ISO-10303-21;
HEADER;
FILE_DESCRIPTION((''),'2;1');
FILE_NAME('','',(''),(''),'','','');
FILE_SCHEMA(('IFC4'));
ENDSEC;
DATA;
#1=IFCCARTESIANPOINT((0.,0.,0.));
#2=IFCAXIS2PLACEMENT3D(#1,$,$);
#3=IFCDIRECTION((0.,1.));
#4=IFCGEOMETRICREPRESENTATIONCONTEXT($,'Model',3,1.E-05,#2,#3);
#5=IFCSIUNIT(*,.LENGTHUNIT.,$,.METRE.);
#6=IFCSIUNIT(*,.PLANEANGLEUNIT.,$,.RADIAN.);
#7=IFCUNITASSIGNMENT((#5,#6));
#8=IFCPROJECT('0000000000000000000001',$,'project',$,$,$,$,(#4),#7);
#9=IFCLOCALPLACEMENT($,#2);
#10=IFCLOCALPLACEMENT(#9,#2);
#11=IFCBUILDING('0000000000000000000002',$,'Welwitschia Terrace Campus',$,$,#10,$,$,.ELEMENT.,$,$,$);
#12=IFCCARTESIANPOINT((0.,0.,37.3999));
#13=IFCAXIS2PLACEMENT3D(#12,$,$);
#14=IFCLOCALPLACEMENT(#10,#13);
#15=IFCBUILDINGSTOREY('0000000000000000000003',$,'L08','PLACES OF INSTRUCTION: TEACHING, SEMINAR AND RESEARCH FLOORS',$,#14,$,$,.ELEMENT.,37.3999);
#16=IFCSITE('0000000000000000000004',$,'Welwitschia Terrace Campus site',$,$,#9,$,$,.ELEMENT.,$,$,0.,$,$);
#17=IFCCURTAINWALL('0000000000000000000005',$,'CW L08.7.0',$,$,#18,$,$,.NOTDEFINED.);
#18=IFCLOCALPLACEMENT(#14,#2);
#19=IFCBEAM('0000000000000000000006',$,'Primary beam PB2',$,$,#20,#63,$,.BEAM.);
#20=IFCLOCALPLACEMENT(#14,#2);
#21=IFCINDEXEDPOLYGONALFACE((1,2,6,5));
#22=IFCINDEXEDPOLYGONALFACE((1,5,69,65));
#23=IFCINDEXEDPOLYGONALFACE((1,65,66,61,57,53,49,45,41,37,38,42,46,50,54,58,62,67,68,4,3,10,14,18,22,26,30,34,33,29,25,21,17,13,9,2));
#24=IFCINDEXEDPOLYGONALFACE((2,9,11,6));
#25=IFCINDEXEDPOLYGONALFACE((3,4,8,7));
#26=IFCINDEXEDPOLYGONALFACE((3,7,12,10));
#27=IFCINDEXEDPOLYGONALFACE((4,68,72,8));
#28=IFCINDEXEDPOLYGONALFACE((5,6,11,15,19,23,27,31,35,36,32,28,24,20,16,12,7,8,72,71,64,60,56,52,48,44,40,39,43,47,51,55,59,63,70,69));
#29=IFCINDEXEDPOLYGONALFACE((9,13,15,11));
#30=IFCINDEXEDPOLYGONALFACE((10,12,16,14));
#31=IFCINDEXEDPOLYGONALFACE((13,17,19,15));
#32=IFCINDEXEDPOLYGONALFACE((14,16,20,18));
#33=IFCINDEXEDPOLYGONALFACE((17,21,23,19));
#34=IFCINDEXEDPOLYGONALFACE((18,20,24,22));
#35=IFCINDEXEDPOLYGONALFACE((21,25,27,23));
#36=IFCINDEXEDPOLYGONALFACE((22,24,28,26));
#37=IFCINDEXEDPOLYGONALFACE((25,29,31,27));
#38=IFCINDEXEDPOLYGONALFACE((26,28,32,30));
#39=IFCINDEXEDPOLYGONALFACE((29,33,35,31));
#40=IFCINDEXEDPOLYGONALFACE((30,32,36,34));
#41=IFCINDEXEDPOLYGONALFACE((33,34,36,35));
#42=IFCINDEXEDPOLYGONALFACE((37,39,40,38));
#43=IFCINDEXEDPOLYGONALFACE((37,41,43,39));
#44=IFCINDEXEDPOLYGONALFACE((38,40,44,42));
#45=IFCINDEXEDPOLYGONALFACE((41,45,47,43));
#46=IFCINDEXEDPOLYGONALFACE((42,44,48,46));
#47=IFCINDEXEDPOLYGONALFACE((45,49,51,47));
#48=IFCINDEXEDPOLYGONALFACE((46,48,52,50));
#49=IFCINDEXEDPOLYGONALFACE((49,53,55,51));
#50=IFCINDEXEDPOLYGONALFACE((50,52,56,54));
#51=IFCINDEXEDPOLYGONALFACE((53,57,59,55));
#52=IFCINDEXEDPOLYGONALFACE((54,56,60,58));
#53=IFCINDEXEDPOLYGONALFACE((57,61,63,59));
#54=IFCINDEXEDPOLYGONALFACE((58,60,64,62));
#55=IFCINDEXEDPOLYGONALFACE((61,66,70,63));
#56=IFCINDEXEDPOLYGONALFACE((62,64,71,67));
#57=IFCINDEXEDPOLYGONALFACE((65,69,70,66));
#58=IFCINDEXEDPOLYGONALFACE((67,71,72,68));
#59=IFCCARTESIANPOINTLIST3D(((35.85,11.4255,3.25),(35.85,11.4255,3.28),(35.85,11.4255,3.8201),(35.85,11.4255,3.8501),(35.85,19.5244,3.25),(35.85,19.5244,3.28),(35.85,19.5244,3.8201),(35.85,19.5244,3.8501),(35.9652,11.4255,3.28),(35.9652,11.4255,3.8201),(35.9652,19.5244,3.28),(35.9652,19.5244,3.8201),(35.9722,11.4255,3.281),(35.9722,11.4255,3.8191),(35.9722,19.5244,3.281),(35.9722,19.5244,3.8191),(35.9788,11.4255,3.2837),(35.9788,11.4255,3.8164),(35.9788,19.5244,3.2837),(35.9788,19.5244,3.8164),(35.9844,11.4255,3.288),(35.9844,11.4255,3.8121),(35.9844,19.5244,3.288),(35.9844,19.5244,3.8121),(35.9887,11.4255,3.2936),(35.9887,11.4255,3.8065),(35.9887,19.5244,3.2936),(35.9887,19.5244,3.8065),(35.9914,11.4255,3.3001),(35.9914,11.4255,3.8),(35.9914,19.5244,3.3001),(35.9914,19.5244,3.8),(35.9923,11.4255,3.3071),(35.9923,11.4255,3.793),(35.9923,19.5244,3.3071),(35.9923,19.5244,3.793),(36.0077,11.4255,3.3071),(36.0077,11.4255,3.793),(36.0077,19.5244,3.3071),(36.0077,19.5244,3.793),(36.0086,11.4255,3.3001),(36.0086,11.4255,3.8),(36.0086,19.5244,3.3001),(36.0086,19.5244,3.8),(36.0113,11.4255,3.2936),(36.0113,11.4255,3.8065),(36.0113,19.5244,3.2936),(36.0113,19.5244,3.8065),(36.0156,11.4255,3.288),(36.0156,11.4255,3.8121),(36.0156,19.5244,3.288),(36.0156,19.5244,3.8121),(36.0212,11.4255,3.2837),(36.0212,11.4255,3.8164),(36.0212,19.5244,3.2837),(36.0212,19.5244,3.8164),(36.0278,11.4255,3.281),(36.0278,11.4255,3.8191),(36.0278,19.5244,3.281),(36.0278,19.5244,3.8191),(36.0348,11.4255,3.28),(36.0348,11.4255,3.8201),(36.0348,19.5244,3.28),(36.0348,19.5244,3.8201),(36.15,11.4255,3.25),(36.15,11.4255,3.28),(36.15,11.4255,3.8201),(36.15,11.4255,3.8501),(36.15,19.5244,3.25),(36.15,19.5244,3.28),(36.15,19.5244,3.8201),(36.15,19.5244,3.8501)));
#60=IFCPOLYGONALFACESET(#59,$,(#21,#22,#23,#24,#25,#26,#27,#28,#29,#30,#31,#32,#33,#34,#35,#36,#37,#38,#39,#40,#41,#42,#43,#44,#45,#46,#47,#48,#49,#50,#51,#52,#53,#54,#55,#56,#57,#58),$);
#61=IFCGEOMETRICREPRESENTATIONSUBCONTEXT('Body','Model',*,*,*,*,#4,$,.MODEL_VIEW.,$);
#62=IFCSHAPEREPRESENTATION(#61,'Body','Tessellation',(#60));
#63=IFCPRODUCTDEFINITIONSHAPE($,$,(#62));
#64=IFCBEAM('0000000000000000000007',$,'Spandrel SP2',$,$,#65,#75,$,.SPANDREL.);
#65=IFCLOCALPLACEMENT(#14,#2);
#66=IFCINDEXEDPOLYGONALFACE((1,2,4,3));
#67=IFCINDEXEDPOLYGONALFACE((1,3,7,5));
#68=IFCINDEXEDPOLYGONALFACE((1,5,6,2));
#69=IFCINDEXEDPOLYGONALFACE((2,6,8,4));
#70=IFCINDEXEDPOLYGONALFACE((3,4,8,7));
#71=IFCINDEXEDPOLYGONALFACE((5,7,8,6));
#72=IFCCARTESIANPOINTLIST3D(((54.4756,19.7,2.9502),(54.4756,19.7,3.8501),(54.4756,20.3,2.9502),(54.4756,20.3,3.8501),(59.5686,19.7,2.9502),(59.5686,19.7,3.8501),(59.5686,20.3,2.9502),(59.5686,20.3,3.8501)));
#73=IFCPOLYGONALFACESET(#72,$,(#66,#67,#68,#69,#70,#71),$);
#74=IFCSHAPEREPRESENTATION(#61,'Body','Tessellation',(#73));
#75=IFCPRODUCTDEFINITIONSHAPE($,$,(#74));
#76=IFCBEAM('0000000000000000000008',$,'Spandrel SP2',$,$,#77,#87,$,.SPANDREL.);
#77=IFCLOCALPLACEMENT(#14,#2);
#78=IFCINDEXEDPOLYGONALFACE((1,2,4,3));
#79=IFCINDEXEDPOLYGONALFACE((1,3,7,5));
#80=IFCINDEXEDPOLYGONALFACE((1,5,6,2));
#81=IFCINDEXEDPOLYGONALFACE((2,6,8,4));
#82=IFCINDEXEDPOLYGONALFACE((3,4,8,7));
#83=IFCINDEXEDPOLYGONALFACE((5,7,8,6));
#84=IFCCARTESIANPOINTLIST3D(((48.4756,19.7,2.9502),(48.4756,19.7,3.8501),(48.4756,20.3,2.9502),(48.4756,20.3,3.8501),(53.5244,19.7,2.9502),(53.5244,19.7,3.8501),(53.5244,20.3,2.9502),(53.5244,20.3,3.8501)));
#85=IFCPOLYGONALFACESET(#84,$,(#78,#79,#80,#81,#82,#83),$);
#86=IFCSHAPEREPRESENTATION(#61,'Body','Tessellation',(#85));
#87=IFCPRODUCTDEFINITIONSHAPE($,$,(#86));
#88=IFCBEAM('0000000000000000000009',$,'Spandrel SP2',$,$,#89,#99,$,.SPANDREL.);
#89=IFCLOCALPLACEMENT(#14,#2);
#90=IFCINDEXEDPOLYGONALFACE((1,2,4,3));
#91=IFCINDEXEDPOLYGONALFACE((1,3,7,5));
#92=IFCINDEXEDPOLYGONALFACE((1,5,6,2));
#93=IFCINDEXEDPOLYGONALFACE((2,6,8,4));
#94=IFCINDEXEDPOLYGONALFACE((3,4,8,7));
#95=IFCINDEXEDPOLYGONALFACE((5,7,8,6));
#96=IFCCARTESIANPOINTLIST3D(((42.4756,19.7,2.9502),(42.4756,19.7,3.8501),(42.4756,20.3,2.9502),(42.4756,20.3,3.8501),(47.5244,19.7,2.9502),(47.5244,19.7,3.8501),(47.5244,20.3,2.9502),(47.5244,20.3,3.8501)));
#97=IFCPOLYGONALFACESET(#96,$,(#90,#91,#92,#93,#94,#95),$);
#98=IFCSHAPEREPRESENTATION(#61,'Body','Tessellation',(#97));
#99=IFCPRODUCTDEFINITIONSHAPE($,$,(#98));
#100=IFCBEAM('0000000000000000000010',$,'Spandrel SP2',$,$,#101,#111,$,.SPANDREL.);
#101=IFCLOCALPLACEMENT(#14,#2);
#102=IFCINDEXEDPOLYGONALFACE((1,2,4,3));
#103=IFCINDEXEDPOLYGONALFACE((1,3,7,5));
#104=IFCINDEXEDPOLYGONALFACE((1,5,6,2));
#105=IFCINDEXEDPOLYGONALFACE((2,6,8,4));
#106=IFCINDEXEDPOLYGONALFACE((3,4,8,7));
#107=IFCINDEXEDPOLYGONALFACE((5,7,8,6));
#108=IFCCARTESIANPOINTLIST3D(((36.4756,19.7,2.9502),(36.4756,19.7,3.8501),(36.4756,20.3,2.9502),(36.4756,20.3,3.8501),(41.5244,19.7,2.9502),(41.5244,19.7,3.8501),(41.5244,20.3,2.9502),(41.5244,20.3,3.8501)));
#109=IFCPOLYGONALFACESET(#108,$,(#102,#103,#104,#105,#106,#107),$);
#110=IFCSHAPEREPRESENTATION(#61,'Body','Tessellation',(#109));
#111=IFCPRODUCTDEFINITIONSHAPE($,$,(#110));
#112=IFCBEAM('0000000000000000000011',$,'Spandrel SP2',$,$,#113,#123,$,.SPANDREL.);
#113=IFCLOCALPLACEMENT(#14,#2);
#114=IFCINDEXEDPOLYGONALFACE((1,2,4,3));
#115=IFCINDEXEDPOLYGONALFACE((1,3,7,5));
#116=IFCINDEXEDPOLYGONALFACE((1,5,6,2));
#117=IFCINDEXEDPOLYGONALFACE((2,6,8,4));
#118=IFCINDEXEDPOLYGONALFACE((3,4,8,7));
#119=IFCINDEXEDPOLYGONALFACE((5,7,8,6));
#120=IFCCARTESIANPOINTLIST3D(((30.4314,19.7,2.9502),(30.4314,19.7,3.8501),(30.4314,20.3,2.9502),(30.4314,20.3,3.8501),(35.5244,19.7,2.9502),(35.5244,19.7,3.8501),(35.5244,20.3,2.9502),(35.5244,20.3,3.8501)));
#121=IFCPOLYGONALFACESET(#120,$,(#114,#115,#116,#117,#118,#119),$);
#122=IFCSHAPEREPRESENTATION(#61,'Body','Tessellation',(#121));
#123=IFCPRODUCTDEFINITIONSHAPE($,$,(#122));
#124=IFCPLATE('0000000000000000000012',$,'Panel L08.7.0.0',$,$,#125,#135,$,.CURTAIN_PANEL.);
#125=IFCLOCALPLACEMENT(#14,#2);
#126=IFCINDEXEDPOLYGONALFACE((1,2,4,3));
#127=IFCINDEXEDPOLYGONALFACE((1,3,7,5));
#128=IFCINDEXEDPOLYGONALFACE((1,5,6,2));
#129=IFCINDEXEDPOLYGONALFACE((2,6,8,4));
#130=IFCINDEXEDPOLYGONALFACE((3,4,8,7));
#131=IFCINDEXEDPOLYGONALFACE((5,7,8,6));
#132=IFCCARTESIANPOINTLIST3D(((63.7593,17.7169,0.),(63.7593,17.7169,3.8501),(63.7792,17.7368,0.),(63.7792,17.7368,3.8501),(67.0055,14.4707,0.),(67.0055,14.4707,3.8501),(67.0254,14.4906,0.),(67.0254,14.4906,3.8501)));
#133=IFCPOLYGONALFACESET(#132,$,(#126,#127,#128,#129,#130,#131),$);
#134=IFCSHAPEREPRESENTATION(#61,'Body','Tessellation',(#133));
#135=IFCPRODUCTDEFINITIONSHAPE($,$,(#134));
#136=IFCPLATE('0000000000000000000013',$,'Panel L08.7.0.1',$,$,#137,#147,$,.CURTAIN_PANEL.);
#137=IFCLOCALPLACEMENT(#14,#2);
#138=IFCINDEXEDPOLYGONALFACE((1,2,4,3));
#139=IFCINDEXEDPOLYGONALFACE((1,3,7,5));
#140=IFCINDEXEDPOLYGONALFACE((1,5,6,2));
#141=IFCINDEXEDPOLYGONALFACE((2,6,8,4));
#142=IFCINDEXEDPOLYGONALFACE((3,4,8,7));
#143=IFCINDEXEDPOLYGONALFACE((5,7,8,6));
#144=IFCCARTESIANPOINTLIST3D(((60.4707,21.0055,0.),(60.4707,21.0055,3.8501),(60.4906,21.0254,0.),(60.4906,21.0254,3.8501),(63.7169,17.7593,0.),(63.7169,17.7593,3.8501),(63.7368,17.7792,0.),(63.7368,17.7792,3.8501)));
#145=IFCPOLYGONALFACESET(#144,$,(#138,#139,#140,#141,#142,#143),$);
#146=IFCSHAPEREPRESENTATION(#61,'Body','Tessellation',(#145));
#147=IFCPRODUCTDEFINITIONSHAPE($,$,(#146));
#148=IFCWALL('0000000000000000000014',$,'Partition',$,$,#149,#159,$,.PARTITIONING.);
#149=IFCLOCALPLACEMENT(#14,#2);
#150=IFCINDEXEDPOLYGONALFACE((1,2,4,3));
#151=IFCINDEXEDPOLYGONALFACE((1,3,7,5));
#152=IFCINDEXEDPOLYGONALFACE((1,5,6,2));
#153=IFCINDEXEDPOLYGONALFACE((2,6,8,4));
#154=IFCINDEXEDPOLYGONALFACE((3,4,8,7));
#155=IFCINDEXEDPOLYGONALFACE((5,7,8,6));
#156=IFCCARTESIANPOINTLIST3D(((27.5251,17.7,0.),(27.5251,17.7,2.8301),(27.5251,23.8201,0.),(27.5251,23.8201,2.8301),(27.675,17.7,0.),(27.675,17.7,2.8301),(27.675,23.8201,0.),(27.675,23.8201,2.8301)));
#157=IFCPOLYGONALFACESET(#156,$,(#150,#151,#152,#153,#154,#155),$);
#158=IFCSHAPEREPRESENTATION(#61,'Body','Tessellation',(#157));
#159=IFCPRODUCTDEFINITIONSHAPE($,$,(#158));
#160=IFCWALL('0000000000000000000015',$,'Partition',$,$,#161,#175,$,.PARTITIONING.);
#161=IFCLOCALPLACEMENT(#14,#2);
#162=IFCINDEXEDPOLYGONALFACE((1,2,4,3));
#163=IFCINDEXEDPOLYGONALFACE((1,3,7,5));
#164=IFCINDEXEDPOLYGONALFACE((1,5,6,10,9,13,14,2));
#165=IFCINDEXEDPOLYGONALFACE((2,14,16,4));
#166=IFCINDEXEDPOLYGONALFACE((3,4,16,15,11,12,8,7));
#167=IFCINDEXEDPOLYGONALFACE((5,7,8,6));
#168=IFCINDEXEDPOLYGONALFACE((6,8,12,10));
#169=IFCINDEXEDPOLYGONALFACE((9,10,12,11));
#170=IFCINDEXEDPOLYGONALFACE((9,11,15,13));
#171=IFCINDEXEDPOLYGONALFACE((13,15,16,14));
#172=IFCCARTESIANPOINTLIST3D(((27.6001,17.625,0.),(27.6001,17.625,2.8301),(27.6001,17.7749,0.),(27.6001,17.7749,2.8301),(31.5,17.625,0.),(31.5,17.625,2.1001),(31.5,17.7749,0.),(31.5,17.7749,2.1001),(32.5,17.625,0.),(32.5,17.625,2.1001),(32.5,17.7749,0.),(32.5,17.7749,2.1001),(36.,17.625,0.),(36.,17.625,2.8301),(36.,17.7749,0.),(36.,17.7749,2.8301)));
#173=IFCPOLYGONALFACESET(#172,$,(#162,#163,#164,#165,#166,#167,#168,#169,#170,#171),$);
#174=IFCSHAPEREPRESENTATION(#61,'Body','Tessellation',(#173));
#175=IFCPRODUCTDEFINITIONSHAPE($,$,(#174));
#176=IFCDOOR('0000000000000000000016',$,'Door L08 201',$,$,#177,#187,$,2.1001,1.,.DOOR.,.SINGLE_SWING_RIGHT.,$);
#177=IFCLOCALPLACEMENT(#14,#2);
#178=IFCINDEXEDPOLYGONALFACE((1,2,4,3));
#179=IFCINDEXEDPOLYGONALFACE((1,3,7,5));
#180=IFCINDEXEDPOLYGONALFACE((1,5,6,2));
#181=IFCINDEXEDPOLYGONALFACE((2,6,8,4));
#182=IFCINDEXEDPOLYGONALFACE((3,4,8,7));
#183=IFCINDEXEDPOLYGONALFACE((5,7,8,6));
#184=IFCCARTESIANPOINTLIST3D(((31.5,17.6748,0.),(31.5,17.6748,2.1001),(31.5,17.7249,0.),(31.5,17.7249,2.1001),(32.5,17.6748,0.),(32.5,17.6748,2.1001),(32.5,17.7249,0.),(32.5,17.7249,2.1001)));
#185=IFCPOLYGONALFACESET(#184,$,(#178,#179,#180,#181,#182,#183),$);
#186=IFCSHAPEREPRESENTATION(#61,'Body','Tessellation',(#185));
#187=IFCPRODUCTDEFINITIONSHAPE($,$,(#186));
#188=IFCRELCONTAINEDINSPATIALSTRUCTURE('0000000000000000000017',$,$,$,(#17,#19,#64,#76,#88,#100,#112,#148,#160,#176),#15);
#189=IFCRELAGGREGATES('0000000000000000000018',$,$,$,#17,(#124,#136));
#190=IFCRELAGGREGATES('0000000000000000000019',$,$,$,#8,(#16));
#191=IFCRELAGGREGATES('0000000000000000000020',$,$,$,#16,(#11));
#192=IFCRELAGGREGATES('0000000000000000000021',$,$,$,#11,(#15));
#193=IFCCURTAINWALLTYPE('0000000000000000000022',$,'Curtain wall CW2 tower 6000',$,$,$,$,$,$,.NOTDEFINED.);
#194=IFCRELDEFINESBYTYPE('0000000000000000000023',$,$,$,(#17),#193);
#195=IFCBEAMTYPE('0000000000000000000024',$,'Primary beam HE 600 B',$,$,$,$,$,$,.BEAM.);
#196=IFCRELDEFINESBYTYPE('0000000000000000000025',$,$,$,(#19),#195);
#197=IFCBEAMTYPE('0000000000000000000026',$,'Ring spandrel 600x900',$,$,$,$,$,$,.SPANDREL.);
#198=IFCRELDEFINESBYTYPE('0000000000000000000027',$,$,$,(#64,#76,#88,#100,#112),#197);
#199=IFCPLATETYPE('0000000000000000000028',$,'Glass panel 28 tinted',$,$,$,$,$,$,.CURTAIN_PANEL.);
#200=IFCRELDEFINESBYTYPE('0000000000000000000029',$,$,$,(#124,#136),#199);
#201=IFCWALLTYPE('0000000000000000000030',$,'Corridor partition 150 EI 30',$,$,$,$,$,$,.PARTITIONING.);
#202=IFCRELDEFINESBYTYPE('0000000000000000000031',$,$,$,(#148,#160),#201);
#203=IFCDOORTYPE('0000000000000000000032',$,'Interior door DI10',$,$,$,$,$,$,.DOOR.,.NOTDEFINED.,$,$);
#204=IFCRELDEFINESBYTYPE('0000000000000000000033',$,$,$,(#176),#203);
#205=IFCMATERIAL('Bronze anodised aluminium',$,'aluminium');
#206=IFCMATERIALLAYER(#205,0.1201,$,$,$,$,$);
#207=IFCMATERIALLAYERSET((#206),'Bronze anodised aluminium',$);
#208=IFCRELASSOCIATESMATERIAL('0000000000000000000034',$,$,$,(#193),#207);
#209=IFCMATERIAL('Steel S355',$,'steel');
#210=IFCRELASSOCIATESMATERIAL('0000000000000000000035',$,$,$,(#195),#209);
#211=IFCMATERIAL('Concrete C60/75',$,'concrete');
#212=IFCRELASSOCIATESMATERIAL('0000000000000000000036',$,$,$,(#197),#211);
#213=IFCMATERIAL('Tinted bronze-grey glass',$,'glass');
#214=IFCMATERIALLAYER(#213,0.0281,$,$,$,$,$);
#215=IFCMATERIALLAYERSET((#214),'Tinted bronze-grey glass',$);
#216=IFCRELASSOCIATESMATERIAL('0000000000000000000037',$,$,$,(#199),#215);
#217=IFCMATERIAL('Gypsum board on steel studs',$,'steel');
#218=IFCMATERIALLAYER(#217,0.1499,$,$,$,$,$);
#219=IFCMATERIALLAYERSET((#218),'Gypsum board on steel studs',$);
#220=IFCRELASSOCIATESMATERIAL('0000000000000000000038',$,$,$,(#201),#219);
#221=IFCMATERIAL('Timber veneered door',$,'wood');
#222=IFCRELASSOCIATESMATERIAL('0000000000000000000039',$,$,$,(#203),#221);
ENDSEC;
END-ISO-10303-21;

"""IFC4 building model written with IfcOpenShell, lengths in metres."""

from ifc_helpers import new_model, si_unit, direction, frame, frame_2d, origin, origin_2d, place, context, subcontext, project, spatial, rectangle, i_section, extrude, material, layer, layer_set, material_profile, profile_set, type_object, element, fill, aggregate, save


model = new_model("IFC4")

# Units and contexts
model_context = context("Model", 3, precision=1e-05, world=origin(), true_north=direction((0.0, 1.0)))
body_context = subcontext(model_context, "Body", "Model", "MODEL_VIEW")
ifc_project = project(units=[si_unit("LENGTHUNIT", "METRE"), si_unit("PLANEANGLEUNIT", "RADIAN")], contexts=[model_context])

# Site, building, storey
site_placement = place(None, origin())
site = spatial("IfcSite", under=ifc_project, at=site_placement, Name="Welwitschia Terrace Campus site", CompositionType="ELEMENT", RefElevation=0.0)
building_placement = place(site_placement, origin())
building = spatial("IfcBuilding", under=site, at=building_placement, Name="Welwitschia Terrace Campus", CompositionType="ELEMENT")
storey_placement = place(building_placement, frame((0.0, 0.0, 37.3999)))
storey = spatial("IfcBuildingStorey", under=building, at=storey_placement, Name="L08", Description="PLACES OF INSTRUCTION: TEACHING, SEMINAR AND RESEARCH FLOORS", CompositionType="ELEMENT", Elevation=37.3999)

# Curtain wall
ifc_material_1 = material(Name="Bronze anodised aluminium", Category="aluminium")
ifc_layer_1 = layer(ifc_material_1, 0.1201)
ifc_layer_set_1 = layer_set([ifc_layer_1], Name="Bronze anodised aluminium")
curtain_wall_type = type_object("IfcCurtainWallType", Name="Curtain wall CW2 tower 6000", PredefinedType="NOTDEFINED", material=ifc_layer_set_1)
curtain_wall_placement = place(storey_placement, origin())
curtain_wall = element("IfcCurtainWall", 1, at=curtain_wall_placement, inside=storey, type_object=curtain_wall_type, Name="CW L08.7.0", PredefinedType="NOTDEFINED")

# Beams
ifc_material_2 = material(Name="Steel S355", Category="steel")
ifc_material_profile_1 = material_profile(ifc_material_2, i_section(OverallWidth=0.3, OverallDepth=0.6001, WebThickness=0.0154, FlangeThickness=0.03, FilletRadius=0.0271, at=origin_2d()))
ifc_profile_set_1 = profile_set([ifc_material_profile_1], Name="Steel S355")
beam_type_1 = type_object("IfcBeamType", Name="Primary beam HE 600 B", PredefinedType="BEAM", material=ifc_profile_set_1)
for number, where, z_axis, x_axis, name in (
    (2, (36.0, 19.5244, 3.55), (0.0, -1.0, 0.0), (1.0, 0.0, 0.0), "Primary beam PB2"),
):
    element("IfcBeam", number, at=place(storey_placement, frame(where, z_axis=z_axis, x_axis=x_axis)), inside=storey, type_object=beam_type_1, Name=name, PredefinedType="BEAM", context=body_context, shape_type="SweptSolid", body=[
        extrude(i_section(OverallWidth=0.3, OverallDepth=0.6001, WebThickness=0.0154, FlangeThickness=0.03, FilletRadius=0.0271, at=origin_2d()), origin(), (0.0, 0.0, 1.0), 8.0989),
    ])
ifc_material_3 = material(Name="Concrete C60/75", Category="concrete")
ifc_material_profile_2 = material_profile(ifc_material_3, rectangle(XDim=0.6001, YDim=0.8999, at=origin_2d()))
ifc_profile_set_2 = profile_set([ifc_material_profile_2], Name="Concrete C60/75")
beam_type_2 = type_object("IfcBeamType", Name="Ring spandrel 600x900", PredefinedType="SPANDREL", material=ifc_profile_set_2)
beam_1_placement = place(storey_placement, frame((59.5686, 20.0, 3.4001), z_axis=(-1.0, 0.0, 0.0), x_axis=(0.0, -1.0, 0.0)))
element("IfcBeam", 3, at=beam_1_placement, inside=storey, type_object=beam_type_2, Name="Spandrel SP2", PredefinedType="SPANDREL", context=body_context, shape_type="SweptSolid", body=[
    extrude(rectangle(XDim=0.6001, YDim=0.8999, at=origin_2d()), origin(), (0.0, 0.0, 1.0), 5.093),
])
for number, where, z_axis, x_axis, name in (
    (4, (53.5244, 20.0, 3.4001), (-1.0, 0.0, 0.0), (0.0, -1.0, 0.0), "Spandrel SP2"),
    (5, (47.5244, 20.0, 3.4001), (-1.0, 0.0, 0.0), (0.0, -1.0, 0.0), "Spandrel SP2"),
    (6, (41.5244, 20.0, 3.4001), (-1.0, 0.0, 0.0), (0.0, -1.0, 0.0), "Spandrel SP2"),
):
    element("IfcBeam", number, at=place(storey_placement, frame(where, z_axis=z_axis, x_axis=x_axis)), inside=storey, type_object=beam_type_2, Name=name, PredefinedType="SPANDREL", context=body_context, shape_type="SweptSolid", body=[
        extrude(rectangle(XDim=0.6001, YDim=0.8999, at=origin_2d()), origin(), (0.0, 0.0, 1.0), 5.0488),
    ])
beam_2_placement = place(storey_placement, frame((35.5244, 20.0, 3.4001), z_axis=(-1.0, 0.0, 0.0), x_axis=(0.0, -1.0, 0.0)))
element("IfcBeam", 7, at=beam_2_placement, inside=storey, type_object=beam_type_2, Name="Spandrel SP2", PredefinedType="SPANDREL", context=body_context, shape_type="SweptSolid", body=[
    extrude(rectangle(XDim=0.6001, YDim=0.8999, at=origin_2d()), origin(), (0.0, 0.0, 1.0), 5.093),
])

# Plates
ifc_material_4 = material(Name="Tinted bronze-grey glass", Category="glass")
ifc_layer_2 = layer(ifc_material_4, 0.0281)
ifc_layer_set_2 = layer_set([ifc_layer_2], Name="Tinted bronze-grey glass")
plate_type = type_object("IfcPlateType", Name="Glass panel 28 tinted", PredefinedType="CURTAIN_PANEL", material=ifc_layer_set_2)
plate_1_placement = place(storey_placement, frame((65.3923, 16.1038, 0.0), z_axis=(0.0, 0.0, 1.0), x_axis=(-0.707107, 0.707107, 0.0)))
plate_1 = element("IfcPlate", 8, at=plate_1_placement, type_object=plate_type, Name="Panel L08.7.0.0", PredefinedType="CURTAIN_PANEL", context=body_context, shape_type="SweptSolid", body=[
    extrude(rectangle(XDim=4.5908, YDim=0.0281, at=origin_2d()), origin(), (0.0, 0.0, 1.0), 3.8501),
])
plate_2_placement = place(storey_placement, frame((62.1038, 19.3923, 0.0), z_axis=(0.0, 0.0, 1.0), x_axis=(-0.707107, 0.707107, 0.0)))
plate_2 = element("IfcPlate", 9, at=plate_2_placement, type_object=plate_type, Name="Panel L08.7.0.1", PredefinedType="CURTAIN_PANEL", context=body_context, shape_type="SweptSolid", body=[
    extrude(rectangle(XDim=4.5908, YDim=0.0281, at=origin_2d()), origin(), (0.0, 0.0, 1.0), 3.8501),
])
aggregate(curtain_wall, [plate_1, plate_2])

# Wall
ifc_material_5 = material(Name="Gypsum board on steel studs", Category="steel")
ifc_layer_3 = layer(ifc_material_5, 0.1499)
ifc_layer_set_3 = layer_set([ifc_layer_3], Name="Gypsum board on steel studs")
wall_type = type_object("IfcWallType", Name="Corridor partition 150 EI 30", PredefinedType="PARTITIONING", material=ifc_layer_set_3)
wall_1_placement = place(storey_placement, frame((27.6001, 17.7, 0.0), z_axis=(0.0, 0.0, 1.0), x_axis=(0.0, 1.0, 0.0)))
element("IfcWall", 10, at=wall_1_placement, inside=storey, type_object=wall_type, Name="Partition", PredefinedType="PARTITIONING", context=body_context, shape_type="SweptSolid", body=[
    extrude(rectangle(XDim=6.1201, YDim=0.1499, at=frame_2d((3.0601, 0.0))), origin(), (0.0, 0.0, 1.0), 2.8301),
])

# Wall, opening, door
wall_2_placement = place(storey_placement, frame((27.6001, 17.7, 0.0), z_axis=(0.0, 0.0, 1.0), x_axis=(1.0, 0.0, 0.0)))
wall_2 = element("IfcWall", 11, at=wall_2_placement, inside=storey, type_object=wall_type, Name="Partition", PredefinedType="PARTITIONING", context=body_context, shape_type="SweptSolid", body=[
    extrude(rectangle(XDim=8.3999, YDim=0.1499, at=frame_2d((4.2, 0.0))), origin(), (0.0, 0.0, 1.0), 2.8301),
])
opening_1_placement = place(wall_2_placement, frame((3.8999, 0.0, 0.0)))
opening_1 = element("IfcOpeningElement", 12, at=opening_1_placement, cuts=wall_2, PredefinedType="OPENING", context=body_context, shape_type="SweptSolid", body=[
    extrude(rectangle(XDim=1.0, YDim=2.1001, at=frame_2d((0.5, 1.05))), frame((0.0, 0.085, 0.0), z_axis=(0.0, -1.0, 0.0), x_axis=(1.0, 0.0, 0.0)), (0.0, 0.0, 1.0), 0.1699),
])
ifc_material_6 = material(Name="Timber veneered door", Category="wood")
door_type_1 = type_object("IfcDoorType", Name="Interior door DI10", OperationType="NOTDEFINED", PredefinedType="DOOR", material=ifc_material_6)
door_1_placement = place(opening_1_placement, origin())
door_1 = element("IfcDoor", 13, at=door_1_placement, inside=storey, type_object=door_type_1, Name="Door L08 201", OperationType="SINGLE_SWING_RIGHT", OverallHeight=2.1001, OverallWidth=1.0, PredefinedType="DOOR", context=body_context, shape_type="SweptSolid", body=[
    extrude(rectangle(XDim=1.0, YDim=2.1001, at=frame_2d((0.5, 1.05))), frame((0.0, 0.0249, 0.0), z_axis=(0.0, -1.0, 0.0), x_axis=(1.0, 0.0, 0.0)), (0.0, 0.0, 1.0), 0.05),
])
fill(opening_1, door_1)

save(model, "model.ifc")
